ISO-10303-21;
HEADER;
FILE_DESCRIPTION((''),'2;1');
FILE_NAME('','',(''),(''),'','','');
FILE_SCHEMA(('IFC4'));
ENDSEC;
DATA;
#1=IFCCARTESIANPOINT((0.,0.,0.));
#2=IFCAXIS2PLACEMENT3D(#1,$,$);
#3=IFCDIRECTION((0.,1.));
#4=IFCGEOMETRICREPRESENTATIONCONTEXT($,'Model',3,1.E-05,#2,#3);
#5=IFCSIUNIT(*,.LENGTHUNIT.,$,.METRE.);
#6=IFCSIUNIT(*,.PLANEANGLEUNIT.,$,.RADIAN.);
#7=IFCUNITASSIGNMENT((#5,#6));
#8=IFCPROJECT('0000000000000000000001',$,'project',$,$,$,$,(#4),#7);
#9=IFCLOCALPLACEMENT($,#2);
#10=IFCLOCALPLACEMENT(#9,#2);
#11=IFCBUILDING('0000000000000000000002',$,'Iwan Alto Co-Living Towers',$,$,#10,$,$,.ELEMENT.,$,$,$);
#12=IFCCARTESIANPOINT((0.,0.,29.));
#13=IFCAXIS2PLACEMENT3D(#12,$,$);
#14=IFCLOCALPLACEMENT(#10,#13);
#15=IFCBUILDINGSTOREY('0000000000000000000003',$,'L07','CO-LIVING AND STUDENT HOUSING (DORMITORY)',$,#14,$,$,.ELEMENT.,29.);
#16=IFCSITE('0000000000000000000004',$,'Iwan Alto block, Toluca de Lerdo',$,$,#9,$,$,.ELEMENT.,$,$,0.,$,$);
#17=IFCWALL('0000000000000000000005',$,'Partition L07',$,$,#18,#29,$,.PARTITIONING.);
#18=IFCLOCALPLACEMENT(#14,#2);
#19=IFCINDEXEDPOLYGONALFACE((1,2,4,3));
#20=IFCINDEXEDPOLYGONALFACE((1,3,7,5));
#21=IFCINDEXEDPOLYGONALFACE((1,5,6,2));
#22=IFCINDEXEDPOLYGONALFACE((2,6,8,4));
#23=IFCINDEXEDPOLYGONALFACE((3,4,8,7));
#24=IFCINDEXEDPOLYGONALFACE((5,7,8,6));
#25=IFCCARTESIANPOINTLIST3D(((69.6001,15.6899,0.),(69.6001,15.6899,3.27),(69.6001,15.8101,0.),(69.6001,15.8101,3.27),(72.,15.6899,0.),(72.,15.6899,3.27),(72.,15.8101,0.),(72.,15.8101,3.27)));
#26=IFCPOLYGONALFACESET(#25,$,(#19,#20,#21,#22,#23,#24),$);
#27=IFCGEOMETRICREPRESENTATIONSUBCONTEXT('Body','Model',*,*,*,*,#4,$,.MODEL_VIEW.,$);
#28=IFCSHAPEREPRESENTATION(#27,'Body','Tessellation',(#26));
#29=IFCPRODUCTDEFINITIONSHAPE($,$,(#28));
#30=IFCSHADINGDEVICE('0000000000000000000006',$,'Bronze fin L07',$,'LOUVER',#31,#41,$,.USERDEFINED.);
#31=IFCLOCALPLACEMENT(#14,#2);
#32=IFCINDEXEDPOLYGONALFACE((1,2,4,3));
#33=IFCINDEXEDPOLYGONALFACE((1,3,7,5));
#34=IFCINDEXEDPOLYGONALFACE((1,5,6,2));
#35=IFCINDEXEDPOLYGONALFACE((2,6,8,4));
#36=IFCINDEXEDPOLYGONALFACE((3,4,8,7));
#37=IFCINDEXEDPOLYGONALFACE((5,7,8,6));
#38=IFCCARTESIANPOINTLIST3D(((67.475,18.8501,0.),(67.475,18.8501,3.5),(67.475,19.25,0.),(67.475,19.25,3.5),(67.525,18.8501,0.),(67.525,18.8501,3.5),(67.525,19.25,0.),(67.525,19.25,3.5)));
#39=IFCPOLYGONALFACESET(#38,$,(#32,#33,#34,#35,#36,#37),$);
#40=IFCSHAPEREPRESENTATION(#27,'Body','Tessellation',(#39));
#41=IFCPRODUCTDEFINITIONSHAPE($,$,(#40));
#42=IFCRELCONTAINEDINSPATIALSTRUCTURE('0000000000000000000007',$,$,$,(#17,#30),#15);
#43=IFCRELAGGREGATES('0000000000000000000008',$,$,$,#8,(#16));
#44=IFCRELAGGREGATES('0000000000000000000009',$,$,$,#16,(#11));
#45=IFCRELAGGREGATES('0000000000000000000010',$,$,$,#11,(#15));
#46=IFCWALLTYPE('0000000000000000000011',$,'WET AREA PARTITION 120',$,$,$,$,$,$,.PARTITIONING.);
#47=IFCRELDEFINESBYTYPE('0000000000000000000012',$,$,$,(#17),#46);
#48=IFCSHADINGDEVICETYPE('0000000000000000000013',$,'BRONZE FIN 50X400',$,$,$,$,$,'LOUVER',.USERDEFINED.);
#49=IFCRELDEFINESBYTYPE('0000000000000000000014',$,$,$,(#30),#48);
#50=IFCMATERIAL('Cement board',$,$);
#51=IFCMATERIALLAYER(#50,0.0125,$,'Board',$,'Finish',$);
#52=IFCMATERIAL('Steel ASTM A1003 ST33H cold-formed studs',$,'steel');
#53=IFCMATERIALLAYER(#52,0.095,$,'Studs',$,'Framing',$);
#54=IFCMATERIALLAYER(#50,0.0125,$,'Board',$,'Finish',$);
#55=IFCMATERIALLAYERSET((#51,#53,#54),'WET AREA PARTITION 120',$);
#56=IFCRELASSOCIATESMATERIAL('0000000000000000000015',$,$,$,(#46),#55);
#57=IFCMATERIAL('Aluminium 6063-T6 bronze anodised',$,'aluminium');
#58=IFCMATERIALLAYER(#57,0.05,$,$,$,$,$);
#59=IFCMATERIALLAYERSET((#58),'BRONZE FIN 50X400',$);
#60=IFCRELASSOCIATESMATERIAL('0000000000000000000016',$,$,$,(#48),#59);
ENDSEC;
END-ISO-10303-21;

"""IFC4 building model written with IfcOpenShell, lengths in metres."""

from ifc_helpers import new_model, si_unit, direction, frame, frame_2d, origin, origin_2d, place, context, subcontext, project, spatial, rectangle, extrude, material, layer, layer_set, type_object, element, save


model = new_model("IFC4")

# Units and contexts
model_context = context("Model", 3, precision=1e-05, world=origin(), true_north=direction((0.0, 1.0)))
body_context = subcontext(model_context, "Body", "Model", "MODEL_VIEW")
ifc_project = project(units=[si_unit("LENGTHUNIT", "METRE"), si_unit("PLANEANGLEUNIT", "RADIAN")], contexts=[model_context])

# Site, building, storey
site_placement = place(None, origin())
site = spatial("IfcSite", under=ifc_project, at=site_placement, Name="Iwan Alto block, Toluca de Lerdo", CompositionType="ELEMENT", RefElevation=0.0)
building_placement = place(site_placement, origin())
building = spatial("IfcBuilding", under=site, at=building_placement, Name="Iwan Alto Co-Living Towers", CompositionType="ELEMENT")
storey_placement = place(building_placement, frame((0.0, 0.0, 29.0)))
storey = spatial("IfcBuildingStorey", under=building, at=storey_placement, Name="L07", Description="CO-LIVING AND STUDENT HOUSING (DORMITORY)", CompositionType="ELEMENT", Elevation=29.0)

# Wall
ifc_material_1 = material(Name="Steel ASTM A1003 ST33H cold-formed studs", Category="steel")
ifc_material_2 = material(Name="Cement board")
ifc_layer_1 = layer(ifc_material_2, 0.0125, Name="Board", Category="Finish")
ifc_layer_2 = layer(ifc_material_1, 0.095, Name="Studs", Category="Framing")
ifc_layer_3 = layer(ifc_material_2, 0.0125, Name="Board", Category="Finish")
ifc_layer_set_1 = layer_set([ifc_layer_1, ifc_layer_2, ifc_layer_3], Name="WET AREA PARTITION 120")
wall_type_1 = type_object("IfcWallType", Name="WET AREA PARTITION 120", PredefinedType="PARTITIONING", material=ifc_layer_set_1)
wall_1_placement = place(storey_placement, frame((69.6001, 15.75, 0.0), z_axis=(0.0, 0.0, 1.0), x_axis=(1.0, 0.0, 0.0)))
element("IfcWall", 1, at=wall_1_placement, inside=storey, type_object=wall_type_1, Name="Partition L07", PredefinedType="PARTITIONING", context=body_context, shape_type="SweptSolid", body=[
    extrude(rectangle(XDim=2.3999, YDim=0.1201, at=frame_2d((1.2, 0.0))), origin(), (0.0, 0.0, 1.0), 3.27),
])

# Shading device
ifc_material_3 = material(Name="Aluminium 6063-T6 bronze anodised", Category="aluminium")
ifc_layer_4 = layer(ifc_material_3, 0.05)
ifc_layer_set_2 = layer_set([ifc_layer_4], Name="BRONZE FIN 50X400")
shading_device_type = type_object("IfcShadingDeviceType", Name="BRONZE FIN 50X400", ElementType="LOUVER", PredefinedType="USERDEFINED", material=ifc_layer_set_2)
shading_device_placement = place(storey_placement, frame((67.5, 19.05, 0.0), z_axis=(0.0, 0.0, 1.0), x_axis=(-1.0, 0.0, 0.0)))
element("IfcShadingDevice", 2, at=shading_device_placement, inside=storey, type_object=shading_device_type, Name="Bronze fin L07", ObjectType="LOUVER", PredefinedType="USERDEFINED", context=body_context, shape_type="SweptSolid", body=[
    extrude(rectangle(XDim=0.05, YDim=0.3999, at=origin_2d()), origin(), (0.0, 0.0, 1.0), 3.5),
])

save(model, "model.ifc")
